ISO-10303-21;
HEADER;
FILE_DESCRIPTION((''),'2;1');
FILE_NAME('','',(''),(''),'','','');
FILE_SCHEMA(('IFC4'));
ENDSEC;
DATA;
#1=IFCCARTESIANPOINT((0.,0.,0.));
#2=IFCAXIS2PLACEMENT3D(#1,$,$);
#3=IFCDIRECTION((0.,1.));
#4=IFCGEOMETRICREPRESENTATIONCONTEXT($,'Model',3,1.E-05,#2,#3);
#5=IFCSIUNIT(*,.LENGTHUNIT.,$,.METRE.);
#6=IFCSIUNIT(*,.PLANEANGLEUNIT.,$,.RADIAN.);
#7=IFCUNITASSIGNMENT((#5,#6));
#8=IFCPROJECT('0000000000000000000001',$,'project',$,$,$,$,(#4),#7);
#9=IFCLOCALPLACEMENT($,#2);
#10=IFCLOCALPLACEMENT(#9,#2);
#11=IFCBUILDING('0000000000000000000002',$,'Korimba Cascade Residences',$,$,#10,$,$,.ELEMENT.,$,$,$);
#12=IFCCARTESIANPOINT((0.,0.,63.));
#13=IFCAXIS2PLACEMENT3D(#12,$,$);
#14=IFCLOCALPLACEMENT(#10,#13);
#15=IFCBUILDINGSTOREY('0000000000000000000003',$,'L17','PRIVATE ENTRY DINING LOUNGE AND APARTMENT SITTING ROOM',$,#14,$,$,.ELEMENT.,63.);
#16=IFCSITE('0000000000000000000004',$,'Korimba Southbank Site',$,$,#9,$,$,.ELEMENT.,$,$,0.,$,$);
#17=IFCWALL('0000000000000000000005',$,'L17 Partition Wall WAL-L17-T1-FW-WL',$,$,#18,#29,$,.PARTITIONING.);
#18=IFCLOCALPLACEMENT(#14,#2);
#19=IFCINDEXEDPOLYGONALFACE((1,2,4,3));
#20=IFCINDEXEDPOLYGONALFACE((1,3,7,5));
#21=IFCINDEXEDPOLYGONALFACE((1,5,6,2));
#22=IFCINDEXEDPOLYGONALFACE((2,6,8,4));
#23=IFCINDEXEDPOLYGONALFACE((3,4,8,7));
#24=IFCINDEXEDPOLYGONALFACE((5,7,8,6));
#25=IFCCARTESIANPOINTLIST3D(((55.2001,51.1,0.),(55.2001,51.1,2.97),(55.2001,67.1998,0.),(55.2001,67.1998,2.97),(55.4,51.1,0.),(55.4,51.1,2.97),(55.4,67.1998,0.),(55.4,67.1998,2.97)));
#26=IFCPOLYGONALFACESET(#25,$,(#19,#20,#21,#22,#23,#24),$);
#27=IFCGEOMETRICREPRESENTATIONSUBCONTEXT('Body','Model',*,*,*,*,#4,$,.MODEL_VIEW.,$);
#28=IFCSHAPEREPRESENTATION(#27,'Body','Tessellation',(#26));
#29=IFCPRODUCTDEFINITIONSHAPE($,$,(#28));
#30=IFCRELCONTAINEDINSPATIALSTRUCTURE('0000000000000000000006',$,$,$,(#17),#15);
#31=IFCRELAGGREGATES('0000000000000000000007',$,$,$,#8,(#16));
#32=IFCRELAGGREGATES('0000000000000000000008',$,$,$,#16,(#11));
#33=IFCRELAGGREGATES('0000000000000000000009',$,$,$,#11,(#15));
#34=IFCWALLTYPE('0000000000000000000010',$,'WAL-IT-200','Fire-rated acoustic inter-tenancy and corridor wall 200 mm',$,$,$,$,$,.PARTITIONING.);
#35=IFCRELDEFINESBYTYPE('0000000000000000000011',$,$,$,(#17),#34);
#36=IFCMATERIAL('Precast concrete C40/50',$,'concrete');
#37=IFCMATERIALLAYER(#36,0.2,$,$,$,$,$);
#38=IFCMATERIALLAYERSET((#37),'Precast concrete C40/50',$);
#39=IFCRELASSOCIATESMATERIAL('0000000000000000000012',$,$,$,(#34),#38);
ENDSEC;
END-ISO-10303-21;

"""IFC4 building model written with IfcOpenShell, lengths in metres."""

from ifc_helpers import new_model, si_unit, direction, frame, frame_2d, origin, place, context, subcontext, project, spatial, rectangle, extrude, material, layer, layer_set, type_object, element, save


model = new_model("IFC4")

# Units and contexts
model_context = context("Model", 3, precision=1e-05, world=origin(), true_north=direction((0.0, 1.0)))
body_context = subcontext(model_context, "Body", "Model", "MODEL_VIEW")
ifc_project = project(units=[si_unit("LENGTHUNIT", "METRE"), si_unit("PLANEANGLEUNIT", "RADIAN")], contexts=[model_context])

# Site, building, storey
site_placement = place(None, origin())
site = spatial("IfcSite", under=ifc_project, at=site_placement, Name="Korimba Southbank Site", CompositionType="ELEMENT", RefElevation=0.0)
building_placement = place(site_placement, origin())
building = spatial("IfcBuilding", under=site, at=building_placement, Name="Korimba Cascade Residences", CompositionType="ELEMENT")
storey_placement = place(building_placement, frame((0.0, 0.0, 63.0)))
storey = spatial("IfcBuildingStorey", under=building, at=storey_placement, Name="L17", Description="PRIVATE ENTRY DINING LOUNGE AND APARTMENT SITTING ROOM", CompositionType="ELEMENT", Elevation=63.0)

# Shared definitions
ifc_material_1 = material(Name="Precast concrete C40/50", Category="concrete")

# Wall
ifc_layer_1 = layer(ifc_material_1, 0.2)
ifc_layer_set_1 = layer_set([ifc_layer_1], Name="Precast concrete C40/50")
wall_type_1 = type_object("IfcWallType", Name="WAL-IT-200", Description="Fire-rated acoustic inter-tenancy and corridor wall 200 mm", PredefinedType="PARTITIONING", material=ifc_layer_set_1)
wall_1_placement = place(storey_placement, frame((55.3, 51.1001, 0.0), z_axis=(0.0, 0.0, 1.0), x_axis=(0.0, 1.0, 0.0)))
element("IfcWall", 1, at=wall_1_placement, inside=storey, type_object=wall_type_1, Name="L17 Partition Wall WAL-L17-T1-FW-WL", PredefinedType="PARTITIONING", context=body_context, shape_type="SweptSolid", body=[
    extrude(rectangle(XDim=16.0999, YDim=0.2, at=frame_2d((8.0498, 0.0))), origin(), (0.0, 0.0, 1.0), 2.97),
])

save(model, "model.ifc")
